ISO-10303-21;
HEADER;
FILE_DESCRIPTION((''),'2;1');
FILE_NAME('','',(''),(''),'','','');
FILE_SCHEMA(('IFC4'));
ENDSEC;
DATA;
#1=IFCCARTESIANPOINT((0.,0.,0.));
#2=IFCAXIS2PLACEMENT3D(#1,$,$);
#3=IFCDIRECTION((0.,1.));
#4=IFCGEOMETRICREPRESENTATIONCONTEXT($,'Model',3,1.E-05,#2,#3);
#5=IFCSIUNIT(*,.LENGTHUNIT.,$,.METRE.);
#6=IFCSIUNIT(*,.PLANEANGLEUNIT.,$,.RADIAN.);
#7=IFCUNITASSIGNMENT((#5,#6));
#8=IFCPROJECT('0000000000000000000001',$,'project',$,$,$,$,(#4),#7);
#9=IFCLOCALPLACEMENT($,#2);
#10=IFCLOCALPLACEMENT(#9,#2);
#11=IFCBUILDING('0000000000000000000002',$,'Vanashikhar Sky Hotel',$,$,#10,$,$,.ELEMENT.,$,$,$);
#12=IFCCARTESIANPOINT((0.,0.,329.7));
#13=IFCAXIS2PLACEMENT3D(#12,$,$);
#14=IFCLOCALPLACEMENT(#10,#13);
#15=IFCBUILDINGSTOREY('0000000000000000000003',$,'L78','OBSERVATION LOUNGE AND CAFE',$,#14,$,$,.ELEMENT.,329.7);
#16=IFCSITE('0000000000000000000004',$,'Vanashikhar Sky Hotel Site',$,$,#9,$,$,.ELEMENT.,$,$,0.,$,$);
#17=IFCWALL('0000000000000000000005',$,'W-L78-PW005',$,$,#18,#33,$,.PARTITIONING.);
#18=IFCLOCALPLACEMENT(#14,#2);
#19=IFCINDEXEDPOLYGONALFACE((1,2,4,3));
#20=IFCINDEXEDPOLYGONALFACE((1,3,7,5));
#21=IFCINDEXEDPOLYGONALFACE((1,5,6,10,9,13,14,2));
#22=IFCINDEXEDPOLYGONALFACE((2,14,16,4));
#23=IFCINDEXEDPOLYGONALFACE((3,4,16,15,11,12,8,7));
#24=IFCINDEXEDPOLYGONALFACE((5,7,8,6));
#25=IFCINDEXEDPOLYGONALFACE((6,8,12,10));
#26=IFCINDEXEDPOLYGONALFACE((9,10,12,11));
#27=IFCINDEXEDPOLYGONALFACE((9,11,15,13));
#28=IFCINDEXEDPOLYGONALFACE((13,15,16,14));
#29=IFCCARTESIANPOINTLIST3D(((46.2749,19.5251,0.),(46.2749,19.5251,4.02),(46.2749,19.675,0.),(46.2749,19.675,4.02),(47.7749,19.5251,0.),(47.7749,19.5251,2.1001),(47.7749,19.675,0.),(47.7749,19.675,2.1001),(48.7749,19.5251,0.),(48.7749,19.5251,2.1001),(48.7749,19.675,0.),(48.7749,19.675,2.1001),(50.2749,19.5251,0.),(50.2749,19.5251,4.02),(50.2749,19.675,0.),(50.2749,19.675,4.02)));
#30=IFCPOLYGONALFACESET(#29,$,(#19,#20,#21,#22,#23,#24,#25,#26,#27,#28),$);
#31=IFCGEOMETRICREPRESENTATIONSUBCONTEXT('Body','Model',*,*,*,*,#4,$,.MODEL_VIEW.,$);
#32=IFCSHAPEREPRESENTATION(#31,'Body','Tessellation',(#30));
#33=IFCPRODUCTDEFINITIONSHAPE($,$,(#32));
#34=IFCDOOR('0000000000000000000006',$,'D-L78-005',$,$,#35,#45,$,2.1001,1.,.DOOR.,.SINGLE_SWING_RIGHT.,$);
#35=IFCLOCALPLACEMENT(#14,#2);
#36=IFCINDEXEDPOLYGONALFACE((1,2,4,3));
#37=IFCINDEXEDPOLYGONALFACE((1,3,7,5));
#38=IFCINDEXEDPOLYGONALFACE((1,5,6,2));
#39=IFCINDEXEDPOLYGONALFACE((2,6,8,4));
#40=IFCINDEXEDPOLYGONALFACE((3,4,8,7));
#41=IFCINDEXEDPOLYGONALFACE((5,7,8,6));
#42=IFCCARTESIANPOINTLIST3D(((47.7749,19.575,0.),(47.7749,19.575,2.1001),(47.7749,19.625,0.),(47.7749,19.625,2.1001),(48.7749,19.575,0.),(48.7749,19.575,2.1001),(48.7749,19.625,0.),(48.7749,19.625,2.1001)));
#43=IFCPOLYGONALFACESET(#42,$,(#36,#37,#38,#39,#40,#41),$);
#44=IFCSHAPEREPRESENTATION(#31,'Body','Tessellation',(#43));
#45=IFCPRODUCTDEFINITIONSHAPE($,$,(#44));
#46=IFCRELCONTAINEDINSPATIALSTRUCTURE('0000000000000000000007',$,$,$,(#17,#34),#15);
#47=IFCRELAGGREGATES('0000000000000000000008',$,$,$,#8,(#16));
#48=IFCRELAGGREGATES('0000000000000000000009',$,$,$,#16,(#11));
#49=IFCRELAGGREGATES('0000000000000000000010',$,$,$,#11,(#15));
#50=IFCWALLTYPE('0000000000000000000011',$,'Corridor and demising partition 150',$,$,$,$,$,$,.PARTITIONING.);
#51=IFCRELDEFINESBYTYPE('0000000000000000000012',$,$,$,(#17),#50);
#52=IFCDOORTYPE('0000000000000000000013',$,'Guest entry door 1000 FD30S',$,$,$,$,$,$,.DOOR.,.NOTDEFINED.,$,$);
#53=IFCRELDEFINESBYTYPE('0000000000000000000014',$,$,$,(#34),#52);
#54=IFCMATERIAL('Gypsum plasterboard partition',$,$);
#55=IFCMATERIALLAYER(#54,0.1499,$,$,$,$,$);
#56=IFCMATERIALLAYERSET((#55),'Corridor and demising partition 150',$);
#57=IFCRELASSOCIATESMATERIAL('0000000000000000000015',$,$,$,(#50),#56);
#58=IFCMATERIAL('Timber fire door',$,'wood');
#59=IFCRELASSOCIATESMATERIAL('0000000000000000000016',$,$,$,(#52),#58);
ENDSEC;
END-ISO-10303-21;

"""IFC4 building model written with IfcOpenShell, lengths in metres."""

from ifc_helpers import new_model, si_unit, direction, frame, frame_2d, origin, place, context, subcontext, project, spatial, rectangle, extrude, source, transform, mapped, material, layer, layer_set, type_object, element, fill, save


model = new_model("IFC4")

# Units and contexts
model_context = context("Model", 3, precision=1e-05, world=origin(), true_north=direction((0.0, 1.0)))
body_context = subcontext(model_context, "Body", "Model", "MODEL_VIEW")
ifc_project = project(units=[si_unit("LENGTHUNIT", "METRE"), si_unit("PLANEANGLEUNIT", "RADIAN")], contexts=[model_context])

# Site, building, storey
site_placement = place(None, origin())
site = spatial("IfcSite", under=ifc_project, at=site_placement, Name="Vanashikhar Sky Hotel Site", CompositionType="ELEMENT", RefElevation=0.0)
building_placement = place(site_placement, origin())
building = spatial("IfcBuilding", under=site, at=building_placement, Name="Vanashikhar Sky Hotel", CompositionType="ELEMENT")
storey_placement = place(building_placement, frame((0.0, 0.0, 329.7)))
storey = spatial("IfcBuildingStorey", under=building, at=storey_placement, Name="L78", Description="OBSERVATION LOUNGE AND CAFE", CompositionType="ELEMENT", Elevation=329.7)

# Wall, opening, door
ifc_material_1 = material(Name="Gypsum plasterboard partition")
ifc_layer_1 = layer(ifc_material_1, 0.1499)
ifc_layer_set_1 = layer_set([ifc_layer_1], Name="Corridor and demising partition 150")
wall_type = type_object("IfcWallType", Name="Corridor and demising partition 150", PredefinedType="PARTITIONING", material=ifc_layer_set_1)
shared_shape_1 = source(origin(), body_context, "Body", "SweptSolid", [
    extrude(rectangle(XDim=4.0, YDim=0.1499, at=frame_2d((2.0, 0.0))), origin(), (0.0, 0.0, 1.0), 4.02),
])
shared_shape_2 = source(origin(), body_context, "Body", "SweptSolid", [
    extrude(rectangle(XDim=1.0, YDim=2.1001, at=frame_2d((0.5, 1.05))), frame((0.0, 0.085, 0.0), z_axis=(0.0, -1.0, 0.0), x_axis=(1.0, 0.0, 0.0)), (0.0, 0.0, 1.0), 0.1699),
])
ifc_material_2 = material(Name="Timber fire door", Category="wood")
door_type = type_object("IfcDoorType", Name="Guest entry door 1000 FD30S", OperationType="NOTDEFINED", PredefinedType="DOOR", material=ifc_material_2)
shared_shape_3 = source(origin(), body_context, "Body", "SweptSolid", [
    extrude(rectangle(XDim=1.0, YDim=2.1001, at=frame_2d((0.5, 1.05))), frame((0.0, 0.0249, 0.0), z_axis=(0.0, -1.0, 0.0), x_axis=(1.0, 0.0, 0.0)), (0.0, 0.0, 1.0), 0.05),
])
wall_1_placement = place(storey_placement, frame((46.2749, 19.6001, 0.0), z_axis=(0.0, 0.0, 1.0), x_axis=(1.0, 0.0, 0.0)))
wall_1 = element("IfcWall", 1, at=wall_1_placement, inside=storey, type_object=wall_type, Name="W-L78-PW005", PredefinedType="PARTITIONING", context=body_context, shape_type="MappedRepresentation", body=[
    mapped(shared_shape_1, transform((0.0, 0.0, 0.0), scale=1.0)),
])
opening_1_placement = place(wall_1_placement, frame((1.5, 0.0, 0.0)))
opening_1 = element("IfcOpeningElement", 2, at=opening_1_placement, cuts=wall_1, PredefinedType="OPENING", context=body_context, shape_type="MappedRepresentation", body=[
    mapped(shared_shape_2, transform((0.0, 0.0, 0.0), scale=1.0)),
])
door_1_placement = place(opening_1_placement, origin())
door_1 = element("IfcDoor", 3, at=door_1_placement, inside=storey, type_object=door_type, Name="D-L78-005", OperationType="SINGLE_SWING_RIGHT", OverallHeight=2.1001, OverallWidth=1.0, PredefinedType="DOOR", context=body_context, shape_type="MappedRepresentation", body=[
    mapped(shared_shape_3, transform((0.0, 0.0, 0.0), scale=1.0)),
])
fill(opening_1, door_1)

save(model, "model.ifc")
